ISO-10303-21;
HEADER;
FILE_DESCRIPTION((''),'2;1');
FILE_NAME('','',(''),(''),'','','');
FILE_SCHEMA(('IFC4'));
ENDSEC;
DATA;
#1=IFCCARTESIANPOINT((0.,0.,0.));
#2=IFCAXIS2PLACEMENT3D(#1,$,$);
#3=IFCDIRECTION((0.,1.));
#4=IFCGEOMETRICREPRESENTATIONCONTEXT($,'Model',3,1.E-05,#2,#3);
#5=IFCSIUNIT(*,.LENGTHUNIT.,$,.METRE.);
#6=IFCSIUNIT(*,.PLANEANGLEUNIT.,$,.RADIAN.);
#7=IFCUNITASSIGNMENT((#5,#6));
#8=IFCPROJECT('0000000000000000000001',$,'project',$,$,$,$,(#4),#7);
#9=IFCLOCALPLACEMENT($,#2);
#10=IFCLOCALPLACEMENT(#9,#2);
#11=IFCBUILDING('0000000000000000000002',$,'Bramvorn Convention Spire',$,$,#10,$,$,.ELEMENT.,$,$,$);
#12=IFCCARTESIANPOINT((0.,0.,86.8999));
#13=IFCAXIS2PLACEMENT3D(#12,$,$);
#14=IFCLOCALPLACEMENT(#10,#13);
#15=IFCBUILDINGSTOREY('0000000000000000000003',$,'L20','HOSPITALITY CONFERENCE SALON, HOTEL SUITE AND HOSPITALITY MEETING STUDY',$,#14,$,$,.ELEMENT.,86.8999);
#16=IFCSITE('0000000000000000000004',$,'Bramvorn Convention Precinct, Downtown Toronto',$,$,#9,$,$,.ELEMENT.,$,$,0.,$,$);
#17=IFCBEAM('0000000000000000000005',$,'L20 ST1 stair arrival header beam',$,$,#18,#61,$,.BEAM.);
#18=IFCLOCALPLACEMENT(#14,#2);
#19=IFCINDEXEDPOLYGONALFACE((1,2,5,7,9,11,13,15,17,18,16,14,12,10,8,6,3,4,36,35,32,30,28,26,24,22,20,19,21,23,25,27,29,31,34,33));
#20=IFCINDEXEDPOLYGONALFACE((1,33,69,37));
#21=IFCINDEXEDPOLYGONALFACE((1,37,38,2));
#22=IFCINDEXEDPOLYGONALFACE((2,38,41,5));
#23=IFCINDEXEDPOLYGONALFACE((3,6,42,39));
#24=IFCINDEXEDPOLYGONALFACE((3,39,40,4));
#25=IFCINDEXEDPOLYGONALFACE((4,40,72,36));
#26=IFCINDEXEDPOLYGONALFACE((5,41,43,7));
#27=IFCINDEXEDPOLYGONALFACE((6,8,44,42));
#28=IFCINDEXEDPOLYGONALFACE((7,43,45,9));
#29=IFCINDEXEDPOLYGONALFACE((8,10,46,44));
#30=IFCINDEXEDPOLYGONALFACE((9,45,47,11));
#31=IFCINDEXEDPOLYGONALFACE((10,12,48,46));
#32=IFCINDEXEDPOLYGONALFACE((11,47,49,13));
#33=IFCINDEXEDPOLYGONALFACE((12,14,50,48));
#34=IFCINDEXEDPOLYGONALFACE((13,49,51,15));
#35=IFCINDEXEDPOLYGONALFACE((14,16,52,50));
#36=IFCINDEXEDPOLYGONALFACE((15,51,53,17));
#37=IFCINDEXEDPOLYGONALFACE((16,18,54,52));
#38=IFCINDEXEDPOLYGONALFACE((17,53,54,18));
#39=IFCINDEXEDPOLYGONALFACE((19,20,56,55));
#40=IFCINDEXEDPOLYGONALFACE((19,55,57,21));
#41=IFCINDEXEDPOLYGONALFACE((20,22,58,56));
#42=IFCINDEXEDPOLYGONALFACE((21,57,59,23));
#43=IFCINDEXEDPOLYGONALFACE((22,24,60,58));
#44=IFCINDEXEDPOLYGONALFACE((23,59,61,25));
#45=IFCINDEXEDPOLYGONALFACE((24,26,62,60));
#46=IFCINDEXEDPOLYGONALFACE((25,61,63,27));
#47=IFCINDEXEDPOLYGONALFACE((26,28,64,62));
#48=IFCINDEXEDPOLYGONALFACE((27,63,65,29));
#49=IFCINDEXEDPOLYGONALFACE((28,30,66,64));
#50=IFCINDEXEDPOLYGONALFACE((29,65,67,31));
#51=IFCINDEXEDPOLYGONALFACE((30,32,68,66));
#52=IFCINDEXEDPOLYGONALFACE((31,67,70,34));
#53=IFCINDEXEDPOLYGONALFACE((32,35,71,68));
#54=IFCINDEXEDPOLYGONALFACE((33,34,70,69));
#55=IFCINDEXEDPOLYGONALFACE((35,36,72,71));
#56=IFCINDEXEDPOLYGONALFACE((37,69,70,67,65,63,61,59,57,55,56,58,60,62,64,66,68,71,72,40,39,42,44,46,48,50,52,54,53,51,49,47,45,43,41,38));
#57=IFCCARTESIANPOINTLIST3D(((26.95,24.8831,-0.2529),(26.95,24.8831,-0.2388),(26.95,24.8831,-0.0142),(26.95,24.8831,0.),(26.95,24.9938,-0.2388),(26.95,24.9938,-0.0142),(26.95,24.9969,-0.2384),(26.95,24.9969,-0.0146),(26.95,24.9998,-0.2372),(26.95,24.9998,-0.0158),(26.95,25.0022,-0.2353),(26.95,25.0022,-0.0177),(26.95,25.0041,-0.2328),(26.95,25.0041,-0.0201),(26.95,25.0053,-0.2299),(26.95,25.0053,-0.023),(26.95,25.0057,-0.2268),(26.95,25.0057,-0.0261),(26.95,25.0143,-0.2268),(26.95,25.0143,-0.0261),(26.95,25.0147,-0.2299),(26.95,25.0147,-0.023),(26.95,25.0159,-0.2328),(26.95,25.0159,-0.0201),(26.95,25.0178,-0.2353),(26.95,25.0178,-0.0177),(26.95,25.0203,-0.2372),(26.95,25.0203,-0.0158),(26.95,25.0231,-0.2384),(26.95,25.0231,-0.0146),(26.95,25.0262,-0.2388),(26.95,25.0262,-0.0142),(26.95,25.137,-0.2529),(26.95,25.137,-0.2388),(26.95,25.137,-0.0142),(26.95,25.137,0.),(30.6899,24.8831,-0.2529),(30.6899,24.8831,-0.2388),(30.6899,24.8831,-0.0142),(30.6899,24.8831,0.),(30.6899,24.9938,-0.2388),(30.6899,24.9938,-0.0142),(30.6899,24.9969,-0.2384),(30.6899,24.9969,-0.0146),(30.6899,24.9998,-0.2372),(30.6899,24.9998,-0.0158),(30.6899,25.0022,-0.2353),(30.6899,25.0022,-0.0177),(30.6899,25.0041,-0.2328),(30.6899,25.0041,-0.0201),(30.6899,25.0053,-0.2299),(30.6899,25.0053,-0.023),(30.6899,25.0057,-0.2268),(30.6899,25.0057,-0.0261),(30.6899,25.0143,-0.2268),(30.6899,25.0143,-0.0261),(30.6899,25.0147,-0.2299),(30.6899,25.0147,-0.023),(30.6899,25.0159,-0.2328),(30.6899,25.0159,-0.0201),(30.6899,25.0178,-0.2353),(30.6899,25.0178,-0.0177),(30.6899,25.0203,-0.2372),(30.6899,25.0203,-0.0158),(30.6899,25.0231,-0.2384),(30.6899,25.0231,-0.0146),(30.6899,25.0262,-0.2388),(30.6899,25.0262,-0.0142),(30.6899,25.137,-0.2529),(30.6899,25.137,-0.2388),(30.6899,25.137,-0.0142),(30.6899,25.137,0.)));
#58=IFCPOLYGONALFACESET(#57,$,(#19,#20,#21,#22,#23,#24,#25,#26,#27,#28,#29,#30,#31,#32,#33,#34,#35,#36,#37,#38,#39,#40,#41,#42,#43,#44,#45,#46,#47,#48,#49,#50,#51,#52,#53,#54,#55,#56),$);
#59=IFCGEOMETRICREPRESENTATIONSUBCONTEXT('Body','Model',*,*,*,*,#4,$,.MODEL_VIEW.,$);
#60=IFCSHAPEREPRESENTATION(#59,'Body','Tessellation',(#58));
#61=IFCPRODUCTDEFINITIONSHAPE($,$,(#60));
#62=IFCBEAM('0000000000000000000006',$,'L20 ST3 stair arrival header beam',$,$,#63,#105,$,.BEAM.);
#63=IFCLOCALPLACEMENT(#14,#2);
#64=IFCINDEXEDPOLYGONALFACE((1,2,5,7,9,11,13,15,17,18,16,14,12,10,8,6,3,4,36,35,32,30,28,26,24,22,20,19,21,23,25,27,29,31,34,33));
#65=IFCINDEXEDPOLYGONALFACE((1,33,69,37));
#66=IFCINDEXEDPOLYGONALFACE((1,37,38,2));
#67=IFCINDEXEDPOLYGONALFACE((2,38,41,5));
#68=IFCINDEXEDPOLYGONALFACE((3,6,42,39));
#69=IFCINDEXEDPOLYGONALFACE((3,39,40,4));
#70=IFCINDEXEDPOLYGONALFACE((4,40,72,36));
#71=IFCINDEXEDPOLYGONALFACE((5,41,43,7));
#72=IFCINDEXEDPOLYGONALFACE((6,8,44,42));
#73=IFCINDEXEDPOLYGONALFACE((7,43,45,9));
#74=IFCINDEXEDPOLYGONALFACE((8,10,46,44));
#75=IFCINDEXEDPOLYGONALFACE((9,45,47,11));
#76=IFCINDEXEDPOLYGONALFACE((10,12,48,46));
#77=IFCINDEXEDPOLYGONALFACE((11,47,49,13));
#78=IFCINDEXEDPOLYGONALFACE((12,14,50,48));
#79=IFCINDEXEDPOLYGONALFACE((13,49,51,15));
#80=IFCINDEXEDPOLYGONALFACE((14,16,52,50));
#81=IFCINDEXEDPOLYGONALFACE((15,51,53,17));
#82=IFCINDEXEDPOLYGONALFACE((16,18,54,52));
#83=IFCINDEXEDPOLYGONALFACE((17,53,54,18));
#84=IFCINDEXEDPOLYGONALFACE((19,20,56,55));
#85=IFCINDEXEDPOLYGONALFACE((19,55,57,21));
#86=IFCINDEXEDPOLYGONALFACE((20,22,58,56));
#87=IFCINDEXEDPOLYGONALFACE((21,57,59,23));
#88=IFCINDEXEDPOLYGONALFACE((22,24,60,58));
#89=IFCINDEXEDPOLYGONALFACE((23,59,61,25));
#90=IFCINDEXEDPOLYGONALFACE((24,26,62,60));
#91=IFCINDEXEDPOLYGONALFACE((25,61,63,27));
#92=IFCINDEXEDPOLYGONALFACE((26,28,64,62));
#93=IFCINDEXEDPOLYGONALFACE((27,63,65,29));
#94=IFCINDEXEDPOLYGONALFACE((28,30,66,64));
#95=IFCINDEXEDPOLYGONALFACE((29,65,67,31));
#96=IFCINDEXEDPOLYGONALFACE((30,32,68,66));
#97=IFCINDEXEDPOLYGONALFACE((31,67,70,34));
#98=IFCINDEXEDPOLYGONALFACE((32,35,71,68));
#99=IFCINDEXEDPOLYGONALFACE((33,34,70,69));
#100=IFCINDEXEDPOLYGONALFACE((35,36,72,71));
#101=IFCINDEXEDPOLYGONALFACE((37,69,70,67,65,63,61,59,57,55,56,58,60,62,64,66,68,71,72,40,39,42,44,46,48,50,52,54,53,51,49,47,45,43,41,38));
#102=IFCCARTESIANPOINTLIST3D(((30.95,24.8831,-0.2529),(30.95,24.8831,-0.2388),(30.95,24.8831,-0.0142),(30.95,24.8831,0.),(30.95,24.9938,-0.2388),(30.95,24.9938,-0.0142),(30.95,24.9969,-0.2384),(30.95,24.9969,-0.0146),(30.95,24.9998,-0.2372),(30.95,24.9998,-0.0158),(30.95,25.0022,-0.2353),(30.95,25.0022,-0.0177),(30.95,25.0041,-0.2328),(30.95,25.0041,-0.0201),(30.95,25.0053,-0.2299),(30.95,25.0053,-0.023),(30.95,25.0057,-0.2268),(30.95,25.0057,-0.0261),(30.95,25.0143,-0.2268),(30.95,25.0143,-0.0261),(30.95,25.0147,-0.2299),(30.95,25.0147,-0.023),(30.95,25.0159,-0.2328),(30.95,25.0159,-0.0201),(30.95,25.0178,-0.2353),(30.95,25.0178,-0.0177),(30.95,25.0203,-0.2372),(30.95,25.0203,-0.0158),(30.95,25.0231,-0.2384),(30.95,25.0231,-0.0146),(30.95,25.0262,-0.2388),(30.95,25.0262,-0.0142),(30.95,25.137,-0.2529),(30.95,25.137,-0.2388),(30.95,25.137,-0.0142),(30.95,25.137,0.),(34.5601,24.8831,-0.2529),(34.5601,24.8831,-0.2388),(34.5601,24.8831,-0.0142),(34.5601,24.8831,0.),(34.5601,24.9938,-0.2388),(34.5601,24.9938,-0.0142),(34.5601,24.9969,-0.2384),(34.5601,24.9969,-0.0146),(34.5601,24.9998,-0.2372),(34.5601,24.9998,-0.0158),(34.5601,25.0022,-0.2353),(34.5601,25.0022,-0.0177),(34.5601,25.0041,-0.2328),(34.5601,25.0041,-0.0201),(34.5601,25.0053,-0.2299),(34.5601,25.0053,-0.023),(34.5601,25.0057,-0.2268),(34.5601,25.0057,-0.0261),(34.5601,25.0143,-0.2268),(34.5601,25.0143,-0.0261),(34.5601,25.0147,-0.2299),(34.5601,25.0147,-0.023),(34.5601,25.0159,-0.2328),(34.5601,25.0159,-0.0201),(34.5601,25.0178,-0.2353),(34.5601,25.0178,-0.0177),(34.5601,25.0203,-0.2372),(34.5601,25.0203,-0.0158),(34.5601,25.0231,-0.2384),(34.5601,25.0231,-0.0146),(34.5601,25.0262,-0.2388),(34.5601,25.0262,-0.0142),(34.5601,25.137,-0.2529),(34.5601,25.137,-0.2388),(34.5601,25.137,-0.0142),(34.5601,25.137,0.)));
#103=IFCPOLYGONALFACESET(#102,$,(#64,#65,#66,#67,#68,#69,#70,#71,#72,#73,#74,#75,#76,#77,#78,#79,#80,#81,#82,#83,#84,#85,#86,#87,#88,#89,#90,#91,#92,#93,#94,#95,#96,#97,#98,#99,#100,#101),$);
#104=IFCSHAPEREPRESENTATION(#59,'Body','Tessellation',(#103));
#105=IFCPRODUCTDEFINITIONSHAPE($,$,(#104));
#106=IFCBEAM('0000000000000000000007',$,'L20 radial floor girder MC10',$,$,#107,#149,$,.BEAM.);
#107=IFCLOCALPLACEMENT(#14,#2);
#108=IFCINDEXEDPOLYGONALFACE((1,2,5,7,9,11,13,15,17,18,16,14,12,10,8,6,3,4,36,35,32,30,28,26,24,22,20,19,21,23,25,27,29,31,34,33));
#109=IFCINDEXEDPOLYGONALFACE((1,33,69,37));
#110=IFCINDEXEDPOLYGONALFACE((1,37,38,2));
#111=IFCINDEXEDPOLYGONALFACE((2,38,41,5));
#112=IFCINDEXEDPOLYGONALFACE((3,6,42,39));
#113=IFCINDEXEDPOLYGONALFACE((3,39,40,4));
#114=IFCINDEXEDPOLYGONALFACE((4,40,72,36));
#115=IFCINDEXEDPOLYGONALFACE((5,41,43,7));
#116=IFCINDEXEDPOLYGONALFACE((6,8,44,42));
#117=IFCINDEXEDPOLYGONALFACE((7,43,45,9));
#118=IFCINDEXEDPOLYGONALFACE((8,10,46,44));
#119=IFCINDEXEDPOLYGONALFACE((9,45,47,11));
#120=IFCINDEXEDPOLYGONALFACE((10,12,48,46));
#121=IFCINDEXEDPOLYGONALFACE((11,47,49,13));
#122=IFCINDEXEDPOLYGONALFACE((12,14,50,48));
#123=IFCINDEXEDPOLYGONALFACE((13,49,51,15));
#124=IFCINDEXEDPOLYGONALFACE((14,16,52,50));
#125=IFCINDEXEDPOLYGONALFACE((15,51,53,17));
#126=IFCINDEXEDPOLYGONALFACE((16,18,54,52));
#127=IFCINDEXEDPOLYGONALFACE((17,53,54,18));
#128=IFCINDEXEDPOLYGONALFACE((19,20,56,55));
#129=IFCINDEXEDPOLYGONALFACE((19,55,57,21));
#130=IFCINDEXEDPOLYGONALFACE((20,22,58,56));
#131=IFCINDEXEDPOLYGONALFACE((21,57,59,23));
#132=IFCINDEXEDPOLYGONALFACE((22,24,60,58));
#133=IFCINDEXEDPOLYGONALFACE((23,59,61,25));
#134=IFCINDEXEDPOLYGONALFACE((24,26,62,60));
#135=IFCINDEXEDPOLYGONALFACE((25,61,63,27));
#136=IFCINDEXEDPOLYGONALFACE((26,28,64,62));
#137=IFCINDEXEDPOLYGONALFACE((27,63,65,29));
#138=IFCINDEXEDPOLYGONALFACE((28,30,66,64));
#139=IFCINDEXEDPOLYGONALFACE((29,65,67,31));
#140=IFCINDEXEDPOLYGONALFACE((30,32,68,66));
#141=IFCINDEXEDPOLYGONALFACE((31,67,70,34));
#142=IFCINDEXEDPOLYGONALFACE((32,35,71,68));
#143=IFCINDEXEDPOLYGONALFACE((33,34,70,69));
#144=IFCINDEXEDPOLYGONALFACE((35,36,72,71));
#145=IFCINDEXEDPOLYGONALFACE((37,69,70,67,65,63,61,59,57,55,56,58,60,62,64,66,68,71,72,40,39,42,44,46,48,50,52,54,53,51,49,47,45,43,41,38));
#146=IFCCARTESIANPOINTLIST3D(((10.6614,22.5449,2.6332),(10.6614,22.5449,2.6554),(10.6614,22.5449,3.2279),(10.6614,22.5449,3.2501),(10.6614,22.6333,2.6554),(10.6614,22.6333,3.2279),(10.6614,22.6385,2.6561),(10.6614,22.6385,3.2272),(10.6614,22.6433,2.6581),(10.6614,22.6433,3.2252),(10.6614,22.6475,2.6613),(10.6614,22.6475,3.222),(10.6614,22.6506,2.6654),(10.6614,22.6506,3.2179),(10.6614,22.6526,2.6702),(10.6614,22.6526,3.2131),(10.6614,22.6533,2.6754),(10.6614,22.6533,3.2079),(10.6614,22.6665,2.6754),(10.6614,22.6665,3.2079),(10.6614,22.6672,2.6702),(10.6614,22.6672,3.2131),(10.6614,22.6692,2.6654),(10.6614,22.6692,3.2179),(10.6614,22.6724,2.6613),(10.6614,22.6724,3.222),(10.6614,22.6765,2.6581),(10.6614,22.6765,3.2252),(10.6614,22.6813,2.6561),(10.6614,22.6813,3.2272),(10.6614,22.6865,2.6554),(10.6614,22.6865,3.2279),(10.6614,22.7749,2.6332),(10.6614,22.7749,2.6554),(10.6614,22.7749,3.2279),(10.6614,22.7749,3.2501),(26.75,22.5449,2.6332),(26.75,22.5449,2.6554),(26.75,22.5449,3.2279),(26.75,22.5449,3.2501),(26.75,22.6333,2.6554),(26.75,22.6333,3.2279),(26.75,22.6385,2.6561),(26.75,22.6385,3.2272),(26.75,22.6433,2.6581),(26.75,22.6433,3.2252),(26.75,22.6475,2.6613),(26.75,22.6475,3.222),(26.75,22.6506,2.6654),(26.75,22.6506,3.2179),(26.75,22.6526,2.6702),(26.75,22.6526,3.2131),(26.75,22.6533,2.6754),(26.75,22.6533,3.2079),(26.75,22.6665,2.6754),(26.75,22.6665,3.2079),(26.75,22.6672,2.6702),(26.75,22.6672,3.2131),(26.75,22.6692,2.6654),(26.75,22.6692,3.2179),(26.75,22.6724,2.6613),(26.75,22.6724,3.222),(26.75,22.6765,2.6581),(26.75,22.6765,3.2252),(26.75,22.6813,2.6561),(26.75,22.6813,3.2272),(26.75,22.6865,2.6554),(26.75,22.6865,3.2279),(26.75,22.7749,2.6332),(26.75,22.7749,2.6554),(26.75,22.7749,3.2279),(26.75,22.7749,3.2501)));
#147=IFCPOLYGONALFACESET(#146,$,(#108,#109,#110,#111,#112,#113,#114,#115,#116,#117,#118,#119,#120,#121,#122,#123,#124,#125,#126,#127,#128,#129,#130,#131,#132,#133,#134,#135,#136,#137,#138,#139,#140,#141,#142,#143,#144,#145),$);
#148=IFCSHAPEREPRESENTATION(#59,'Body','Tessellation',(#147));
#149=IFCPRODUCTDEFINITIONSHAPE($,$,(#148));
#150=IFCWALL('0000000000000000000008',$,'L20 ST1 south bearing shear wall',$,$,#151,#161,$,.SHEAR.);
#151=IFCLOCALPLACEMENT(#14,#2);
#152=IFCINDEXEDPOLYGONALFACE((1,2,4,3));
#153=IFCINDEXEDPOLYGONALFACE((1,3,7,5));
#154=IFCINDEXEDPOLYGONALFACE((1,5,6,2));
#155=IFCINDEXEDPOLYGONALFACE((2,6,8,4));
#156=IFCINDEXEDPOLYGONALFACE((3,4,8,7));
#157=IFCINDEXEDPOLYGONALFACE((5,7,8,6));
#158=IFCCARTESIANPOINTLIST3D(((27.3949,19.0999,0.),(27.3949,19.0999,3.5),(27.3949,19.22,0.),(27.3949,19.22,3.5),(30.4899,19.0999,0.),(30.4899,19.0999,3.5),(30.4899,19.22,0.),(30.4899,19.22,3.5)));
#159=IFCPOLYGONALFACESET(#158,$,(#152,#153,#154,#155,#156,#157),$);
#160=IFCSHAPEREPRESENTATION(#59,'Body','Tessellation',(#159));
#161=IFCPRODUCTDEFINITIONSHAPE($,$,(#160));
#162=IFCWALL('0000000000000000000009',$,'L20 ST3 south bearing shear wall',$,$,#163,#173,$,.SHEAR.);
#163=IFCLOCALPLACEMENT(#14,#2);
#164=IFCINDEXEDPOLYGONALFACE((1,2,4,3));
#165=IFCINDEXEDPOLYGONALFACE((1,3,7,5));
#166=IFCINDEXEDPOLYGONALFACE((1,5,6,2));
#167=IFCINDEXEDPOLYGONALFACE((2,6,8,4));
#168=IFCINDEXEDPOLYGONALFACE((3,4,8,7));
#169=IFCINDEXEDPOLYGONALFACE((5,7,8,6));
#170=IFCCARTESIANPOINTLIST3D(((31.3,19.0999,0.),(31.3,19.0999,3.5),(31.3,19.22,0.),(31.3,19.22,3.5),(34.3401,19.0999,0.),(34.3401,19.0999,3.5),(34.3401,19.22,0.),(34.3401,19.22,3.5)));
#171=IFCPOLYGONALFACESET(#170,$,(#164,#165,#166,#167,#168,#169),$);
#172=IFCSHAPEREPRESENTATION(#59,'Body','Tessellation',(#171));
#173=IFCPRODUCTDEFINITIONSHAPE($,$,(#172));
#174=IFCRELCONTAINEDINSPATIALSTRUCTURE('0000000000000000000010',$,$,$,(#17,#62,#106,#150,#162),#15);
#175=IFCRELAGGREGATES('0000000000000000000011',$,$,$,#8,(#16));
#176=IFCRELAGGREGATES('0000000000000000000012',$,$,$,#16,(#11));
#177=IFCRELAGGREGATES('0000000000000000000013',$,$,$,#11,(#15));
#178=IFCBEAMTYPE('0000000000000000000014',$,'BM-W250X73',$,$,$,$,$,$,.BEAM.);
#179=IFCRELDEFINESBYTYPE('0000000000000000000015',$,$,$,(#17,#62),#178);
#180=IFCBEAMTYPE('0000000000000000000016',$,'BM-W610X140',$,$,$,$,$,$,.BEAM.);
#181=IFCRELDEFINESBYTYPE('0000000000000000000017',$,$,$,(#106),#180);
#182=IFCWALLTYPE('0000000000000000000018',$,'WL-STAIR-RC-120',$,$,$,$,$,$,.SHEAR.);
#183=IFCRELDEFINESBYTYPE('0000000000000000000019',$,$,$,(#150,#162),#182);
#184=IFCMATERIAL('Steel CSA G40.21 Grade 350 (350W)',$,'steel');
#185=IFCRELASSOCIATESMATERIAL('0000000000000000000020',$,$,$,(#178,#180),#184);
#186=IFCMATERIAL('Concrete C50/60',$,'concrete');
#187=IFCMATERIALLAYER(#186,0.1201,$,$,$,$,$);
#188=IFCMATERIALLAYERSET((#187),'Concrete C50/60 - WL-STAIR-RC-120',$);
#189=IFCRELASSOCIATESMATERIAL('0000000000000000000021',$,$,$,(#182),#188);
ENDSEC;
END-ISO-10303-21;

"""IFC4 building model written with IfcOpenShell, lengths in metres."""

from ifc_helpers import new_model, si_unit, direction, frame, frame_2d, origin, origin_2d, place, context, subcontext, project, spatial, rectangle, i_section, extrude, material, layer, layer_set, material_profile, profile_set, type_object, element, save


model = new_model("IFC4")

# Units and contexts
model_context = context("Model", 3, precision=1e-05, world=origin(), true_north=direction((0.0, 1.0)))
body_context = subcontext(model_context, "Body", "Model", "MODEL_VIEW")
ifc_project = project(units=[si_unit("LENGTHUNIT", "METRE"), si_unit("PLANEANGLEUNIT", "RADIAN")], contexts=[model_context])

# Site, building, storey
site_placement = place(None, origin())
site = spatial("IfcSite", under=ifc_project, at=site_placement, Name="Bramvorn Convention Precinct, Downtown Toronto", CompositionType="ELEMENT", RefElevation=0.0)
building_placement = place(site_placement, origin())
building = spatial("IfcBuilding", under=site, at=building_placement, Name="Bramvorn Convention Spire", CompositionType="ELEMENT")
storey_placement = place(building_placement, frame((0.0, 0.0, 86.8999)))
storey = spatial("IfcBuildingStorey", under=building, at=storey_placement, Name="L20", Description="HOSPITALITY CONFERENCE SALON, HOTEL SUITE AND HOSPITALITY MEETING STUDY", CompositionType="ELEMENT", Elevation=86.8999)

# Beams
ifc_material_1 = material(Name="Steel CSA G40.21 Grade 350 (350W)", Category="steel")
ifc_material_profile_1 = material_profile(ifc_material_1, i_section(OverallWidth=0.2539, OverallDepth=0.2529, WebThickness=0.0085, FlangeThickness=0.0142, FilletRadius=0.012, at=origin_2d()))
ifc_profile_set_1 = profile_set([ifc_material_profile_1], Name="Steel CSA G40.21 Grade 350 (350W) - W250X73")
beam_type_1 = type_object("IfcBeamType", Name="BM-W250X73", PredefinedType="BEAM", material=ifc_profile_set_1)
beam_1_placement = place(storey_placement, frame((26.95, 25.01, -0.1265), z_axis=(1.0, 0.0, 0.0), x_axis=(0.0, 1.0, 0.0)))
element("IfcBeam", 1, at=beam_1_placement, inside=storey, type_object=beam_type_1, Name="L20 ST1 stair arrival header beam", PredefinedType="BEAM", context=body_context, shape_type="SweptSolid", body=[
    extrude(i_section(OverallWidth=0.2539, OverallDepth=0.2529, WebThickness=0.0085, FlangeThickness=0.0142, FilletRadius=0.012, at=origin_2d()), origin(), (0.0, 0.0, 1.0), 3.74),
])
beam_2_placement = place(storey_placement, frame((30.95, 25.01, -0.1265), z_axis=(1.0, 0.0, 0.0), x_axis=(0.0, 1.0, 0.0)))
element("IfcBeam", 2, at=beam_2_placement, inside=storey, type_object=beam_type_1, Name="L20 ST3 stair arrival header beam", PredefinedType="BEAM", context=body_context, shape_type="SweptSolid", body=[
    extrude(i_section(OverallWidth=0.2539, OverallDepth=0.2529, WebThickness=0.0085, FlangeThickness=0.0142, FilletRadius=0.012, at=origin_2d()), origin(), (0.0, 0.0, 1.0), 3.6101),
])
ifc_material_profile_2 = material_profile(ifc_material_1, i_section(OverallWidth=0.23, OverallDepth=0.6169, WebThickness=0.0132, FlangeThickness=0.0222, FilletRadius=0.02, at=origin_2d()))
ifc_profile_set_2 = profile_set([ifc_material_profile_2], Name="Steel CSA G40.21 Grade 350 (350W) - W610X140")
beam_type_2 = type_object("IfcBeamType", Name="BM-W610X140", PredefinedType="BEAM", material=ifc_profile_set_2)
beam_3_placement = place(storey_placement, frame((26.75, 22.6599, 2.9417), z_axis=(-1.0, 0.0, 0.0), x_axis=(0.0, -1.0, 0.0)))
element("IfcBeam", 3, at=beam_3_placement, inside=storey, type_object=beam_type_2, Name="L20 radial floor girder MC10", PredefinedType="BEAM", context=body_context, shape_type="SweptSolid", body=[
    extrude(i_section(OverallWidth=0.23, OverallDepth=0.6169, WebThickness=0.0132, FlangeThickness=0.0222, FilletRadius=0.02, at=origin_2d()), origin(), (0.0, 0.0, 1.0), 16.0886),
])

# Walls
ifc_material_2 = material(Name="Concrete C50/60", Category="concrete")
ifc_layer = layer(ifc_material_2, 0.1201)
ifc_layer_set = layer_set([ifc_layer], Name="Concrete C50/60 - WL-STAIR-RC-120")
wall_type = type_object("IfcWallType", Name="WL-STAIR-RC-120", PredefinedType="SHEAR", material=ifc_layer_set)
wall_1_placement = place(storey_placement, frame((27.395, 19.1599, 0.0), z_axis=(0.0, 0.0, 1.0), x_axis=(1.0, 0.0, 0.0)))
element("IfcWall", 4, at=wall_1_placement, inside=storey, type_object=wall_type, Name="L20 ST1 south bearing shear wall", PredefinedType="SHEAR", context=body_context, shape_type="SweptSolid", body=[
    extrude(rectangle(XDim=3.095, YDim=0.1201, at=frame_2d((1.5474, 0.0))), origin(), (0.0, 0.0, 1.0), 3.5),
])
wall_2_placement = place(storey_placement, frame((31.3, 19.1599, 0.0), z_axis=(0.0, 0.0, 1.0), x_axis=(1.0, 0.0, 0.0)))
element("IfcWall", 5, at=wall_2_placement, inside=storey, type_object=wall_type, Name="L20 ST3 south bearing shear wall", PredefinedType="SHEAR", context=body_context, shape_type="SweptSolid", body=[
    extrude(rectangle(XDim=3.04, YDim=0.1201, at=frame_2d((1.52, 0.0))), origin(), (0.0, 0.0, 1.0), 3.5),
])

save(model, "model.ifc")
